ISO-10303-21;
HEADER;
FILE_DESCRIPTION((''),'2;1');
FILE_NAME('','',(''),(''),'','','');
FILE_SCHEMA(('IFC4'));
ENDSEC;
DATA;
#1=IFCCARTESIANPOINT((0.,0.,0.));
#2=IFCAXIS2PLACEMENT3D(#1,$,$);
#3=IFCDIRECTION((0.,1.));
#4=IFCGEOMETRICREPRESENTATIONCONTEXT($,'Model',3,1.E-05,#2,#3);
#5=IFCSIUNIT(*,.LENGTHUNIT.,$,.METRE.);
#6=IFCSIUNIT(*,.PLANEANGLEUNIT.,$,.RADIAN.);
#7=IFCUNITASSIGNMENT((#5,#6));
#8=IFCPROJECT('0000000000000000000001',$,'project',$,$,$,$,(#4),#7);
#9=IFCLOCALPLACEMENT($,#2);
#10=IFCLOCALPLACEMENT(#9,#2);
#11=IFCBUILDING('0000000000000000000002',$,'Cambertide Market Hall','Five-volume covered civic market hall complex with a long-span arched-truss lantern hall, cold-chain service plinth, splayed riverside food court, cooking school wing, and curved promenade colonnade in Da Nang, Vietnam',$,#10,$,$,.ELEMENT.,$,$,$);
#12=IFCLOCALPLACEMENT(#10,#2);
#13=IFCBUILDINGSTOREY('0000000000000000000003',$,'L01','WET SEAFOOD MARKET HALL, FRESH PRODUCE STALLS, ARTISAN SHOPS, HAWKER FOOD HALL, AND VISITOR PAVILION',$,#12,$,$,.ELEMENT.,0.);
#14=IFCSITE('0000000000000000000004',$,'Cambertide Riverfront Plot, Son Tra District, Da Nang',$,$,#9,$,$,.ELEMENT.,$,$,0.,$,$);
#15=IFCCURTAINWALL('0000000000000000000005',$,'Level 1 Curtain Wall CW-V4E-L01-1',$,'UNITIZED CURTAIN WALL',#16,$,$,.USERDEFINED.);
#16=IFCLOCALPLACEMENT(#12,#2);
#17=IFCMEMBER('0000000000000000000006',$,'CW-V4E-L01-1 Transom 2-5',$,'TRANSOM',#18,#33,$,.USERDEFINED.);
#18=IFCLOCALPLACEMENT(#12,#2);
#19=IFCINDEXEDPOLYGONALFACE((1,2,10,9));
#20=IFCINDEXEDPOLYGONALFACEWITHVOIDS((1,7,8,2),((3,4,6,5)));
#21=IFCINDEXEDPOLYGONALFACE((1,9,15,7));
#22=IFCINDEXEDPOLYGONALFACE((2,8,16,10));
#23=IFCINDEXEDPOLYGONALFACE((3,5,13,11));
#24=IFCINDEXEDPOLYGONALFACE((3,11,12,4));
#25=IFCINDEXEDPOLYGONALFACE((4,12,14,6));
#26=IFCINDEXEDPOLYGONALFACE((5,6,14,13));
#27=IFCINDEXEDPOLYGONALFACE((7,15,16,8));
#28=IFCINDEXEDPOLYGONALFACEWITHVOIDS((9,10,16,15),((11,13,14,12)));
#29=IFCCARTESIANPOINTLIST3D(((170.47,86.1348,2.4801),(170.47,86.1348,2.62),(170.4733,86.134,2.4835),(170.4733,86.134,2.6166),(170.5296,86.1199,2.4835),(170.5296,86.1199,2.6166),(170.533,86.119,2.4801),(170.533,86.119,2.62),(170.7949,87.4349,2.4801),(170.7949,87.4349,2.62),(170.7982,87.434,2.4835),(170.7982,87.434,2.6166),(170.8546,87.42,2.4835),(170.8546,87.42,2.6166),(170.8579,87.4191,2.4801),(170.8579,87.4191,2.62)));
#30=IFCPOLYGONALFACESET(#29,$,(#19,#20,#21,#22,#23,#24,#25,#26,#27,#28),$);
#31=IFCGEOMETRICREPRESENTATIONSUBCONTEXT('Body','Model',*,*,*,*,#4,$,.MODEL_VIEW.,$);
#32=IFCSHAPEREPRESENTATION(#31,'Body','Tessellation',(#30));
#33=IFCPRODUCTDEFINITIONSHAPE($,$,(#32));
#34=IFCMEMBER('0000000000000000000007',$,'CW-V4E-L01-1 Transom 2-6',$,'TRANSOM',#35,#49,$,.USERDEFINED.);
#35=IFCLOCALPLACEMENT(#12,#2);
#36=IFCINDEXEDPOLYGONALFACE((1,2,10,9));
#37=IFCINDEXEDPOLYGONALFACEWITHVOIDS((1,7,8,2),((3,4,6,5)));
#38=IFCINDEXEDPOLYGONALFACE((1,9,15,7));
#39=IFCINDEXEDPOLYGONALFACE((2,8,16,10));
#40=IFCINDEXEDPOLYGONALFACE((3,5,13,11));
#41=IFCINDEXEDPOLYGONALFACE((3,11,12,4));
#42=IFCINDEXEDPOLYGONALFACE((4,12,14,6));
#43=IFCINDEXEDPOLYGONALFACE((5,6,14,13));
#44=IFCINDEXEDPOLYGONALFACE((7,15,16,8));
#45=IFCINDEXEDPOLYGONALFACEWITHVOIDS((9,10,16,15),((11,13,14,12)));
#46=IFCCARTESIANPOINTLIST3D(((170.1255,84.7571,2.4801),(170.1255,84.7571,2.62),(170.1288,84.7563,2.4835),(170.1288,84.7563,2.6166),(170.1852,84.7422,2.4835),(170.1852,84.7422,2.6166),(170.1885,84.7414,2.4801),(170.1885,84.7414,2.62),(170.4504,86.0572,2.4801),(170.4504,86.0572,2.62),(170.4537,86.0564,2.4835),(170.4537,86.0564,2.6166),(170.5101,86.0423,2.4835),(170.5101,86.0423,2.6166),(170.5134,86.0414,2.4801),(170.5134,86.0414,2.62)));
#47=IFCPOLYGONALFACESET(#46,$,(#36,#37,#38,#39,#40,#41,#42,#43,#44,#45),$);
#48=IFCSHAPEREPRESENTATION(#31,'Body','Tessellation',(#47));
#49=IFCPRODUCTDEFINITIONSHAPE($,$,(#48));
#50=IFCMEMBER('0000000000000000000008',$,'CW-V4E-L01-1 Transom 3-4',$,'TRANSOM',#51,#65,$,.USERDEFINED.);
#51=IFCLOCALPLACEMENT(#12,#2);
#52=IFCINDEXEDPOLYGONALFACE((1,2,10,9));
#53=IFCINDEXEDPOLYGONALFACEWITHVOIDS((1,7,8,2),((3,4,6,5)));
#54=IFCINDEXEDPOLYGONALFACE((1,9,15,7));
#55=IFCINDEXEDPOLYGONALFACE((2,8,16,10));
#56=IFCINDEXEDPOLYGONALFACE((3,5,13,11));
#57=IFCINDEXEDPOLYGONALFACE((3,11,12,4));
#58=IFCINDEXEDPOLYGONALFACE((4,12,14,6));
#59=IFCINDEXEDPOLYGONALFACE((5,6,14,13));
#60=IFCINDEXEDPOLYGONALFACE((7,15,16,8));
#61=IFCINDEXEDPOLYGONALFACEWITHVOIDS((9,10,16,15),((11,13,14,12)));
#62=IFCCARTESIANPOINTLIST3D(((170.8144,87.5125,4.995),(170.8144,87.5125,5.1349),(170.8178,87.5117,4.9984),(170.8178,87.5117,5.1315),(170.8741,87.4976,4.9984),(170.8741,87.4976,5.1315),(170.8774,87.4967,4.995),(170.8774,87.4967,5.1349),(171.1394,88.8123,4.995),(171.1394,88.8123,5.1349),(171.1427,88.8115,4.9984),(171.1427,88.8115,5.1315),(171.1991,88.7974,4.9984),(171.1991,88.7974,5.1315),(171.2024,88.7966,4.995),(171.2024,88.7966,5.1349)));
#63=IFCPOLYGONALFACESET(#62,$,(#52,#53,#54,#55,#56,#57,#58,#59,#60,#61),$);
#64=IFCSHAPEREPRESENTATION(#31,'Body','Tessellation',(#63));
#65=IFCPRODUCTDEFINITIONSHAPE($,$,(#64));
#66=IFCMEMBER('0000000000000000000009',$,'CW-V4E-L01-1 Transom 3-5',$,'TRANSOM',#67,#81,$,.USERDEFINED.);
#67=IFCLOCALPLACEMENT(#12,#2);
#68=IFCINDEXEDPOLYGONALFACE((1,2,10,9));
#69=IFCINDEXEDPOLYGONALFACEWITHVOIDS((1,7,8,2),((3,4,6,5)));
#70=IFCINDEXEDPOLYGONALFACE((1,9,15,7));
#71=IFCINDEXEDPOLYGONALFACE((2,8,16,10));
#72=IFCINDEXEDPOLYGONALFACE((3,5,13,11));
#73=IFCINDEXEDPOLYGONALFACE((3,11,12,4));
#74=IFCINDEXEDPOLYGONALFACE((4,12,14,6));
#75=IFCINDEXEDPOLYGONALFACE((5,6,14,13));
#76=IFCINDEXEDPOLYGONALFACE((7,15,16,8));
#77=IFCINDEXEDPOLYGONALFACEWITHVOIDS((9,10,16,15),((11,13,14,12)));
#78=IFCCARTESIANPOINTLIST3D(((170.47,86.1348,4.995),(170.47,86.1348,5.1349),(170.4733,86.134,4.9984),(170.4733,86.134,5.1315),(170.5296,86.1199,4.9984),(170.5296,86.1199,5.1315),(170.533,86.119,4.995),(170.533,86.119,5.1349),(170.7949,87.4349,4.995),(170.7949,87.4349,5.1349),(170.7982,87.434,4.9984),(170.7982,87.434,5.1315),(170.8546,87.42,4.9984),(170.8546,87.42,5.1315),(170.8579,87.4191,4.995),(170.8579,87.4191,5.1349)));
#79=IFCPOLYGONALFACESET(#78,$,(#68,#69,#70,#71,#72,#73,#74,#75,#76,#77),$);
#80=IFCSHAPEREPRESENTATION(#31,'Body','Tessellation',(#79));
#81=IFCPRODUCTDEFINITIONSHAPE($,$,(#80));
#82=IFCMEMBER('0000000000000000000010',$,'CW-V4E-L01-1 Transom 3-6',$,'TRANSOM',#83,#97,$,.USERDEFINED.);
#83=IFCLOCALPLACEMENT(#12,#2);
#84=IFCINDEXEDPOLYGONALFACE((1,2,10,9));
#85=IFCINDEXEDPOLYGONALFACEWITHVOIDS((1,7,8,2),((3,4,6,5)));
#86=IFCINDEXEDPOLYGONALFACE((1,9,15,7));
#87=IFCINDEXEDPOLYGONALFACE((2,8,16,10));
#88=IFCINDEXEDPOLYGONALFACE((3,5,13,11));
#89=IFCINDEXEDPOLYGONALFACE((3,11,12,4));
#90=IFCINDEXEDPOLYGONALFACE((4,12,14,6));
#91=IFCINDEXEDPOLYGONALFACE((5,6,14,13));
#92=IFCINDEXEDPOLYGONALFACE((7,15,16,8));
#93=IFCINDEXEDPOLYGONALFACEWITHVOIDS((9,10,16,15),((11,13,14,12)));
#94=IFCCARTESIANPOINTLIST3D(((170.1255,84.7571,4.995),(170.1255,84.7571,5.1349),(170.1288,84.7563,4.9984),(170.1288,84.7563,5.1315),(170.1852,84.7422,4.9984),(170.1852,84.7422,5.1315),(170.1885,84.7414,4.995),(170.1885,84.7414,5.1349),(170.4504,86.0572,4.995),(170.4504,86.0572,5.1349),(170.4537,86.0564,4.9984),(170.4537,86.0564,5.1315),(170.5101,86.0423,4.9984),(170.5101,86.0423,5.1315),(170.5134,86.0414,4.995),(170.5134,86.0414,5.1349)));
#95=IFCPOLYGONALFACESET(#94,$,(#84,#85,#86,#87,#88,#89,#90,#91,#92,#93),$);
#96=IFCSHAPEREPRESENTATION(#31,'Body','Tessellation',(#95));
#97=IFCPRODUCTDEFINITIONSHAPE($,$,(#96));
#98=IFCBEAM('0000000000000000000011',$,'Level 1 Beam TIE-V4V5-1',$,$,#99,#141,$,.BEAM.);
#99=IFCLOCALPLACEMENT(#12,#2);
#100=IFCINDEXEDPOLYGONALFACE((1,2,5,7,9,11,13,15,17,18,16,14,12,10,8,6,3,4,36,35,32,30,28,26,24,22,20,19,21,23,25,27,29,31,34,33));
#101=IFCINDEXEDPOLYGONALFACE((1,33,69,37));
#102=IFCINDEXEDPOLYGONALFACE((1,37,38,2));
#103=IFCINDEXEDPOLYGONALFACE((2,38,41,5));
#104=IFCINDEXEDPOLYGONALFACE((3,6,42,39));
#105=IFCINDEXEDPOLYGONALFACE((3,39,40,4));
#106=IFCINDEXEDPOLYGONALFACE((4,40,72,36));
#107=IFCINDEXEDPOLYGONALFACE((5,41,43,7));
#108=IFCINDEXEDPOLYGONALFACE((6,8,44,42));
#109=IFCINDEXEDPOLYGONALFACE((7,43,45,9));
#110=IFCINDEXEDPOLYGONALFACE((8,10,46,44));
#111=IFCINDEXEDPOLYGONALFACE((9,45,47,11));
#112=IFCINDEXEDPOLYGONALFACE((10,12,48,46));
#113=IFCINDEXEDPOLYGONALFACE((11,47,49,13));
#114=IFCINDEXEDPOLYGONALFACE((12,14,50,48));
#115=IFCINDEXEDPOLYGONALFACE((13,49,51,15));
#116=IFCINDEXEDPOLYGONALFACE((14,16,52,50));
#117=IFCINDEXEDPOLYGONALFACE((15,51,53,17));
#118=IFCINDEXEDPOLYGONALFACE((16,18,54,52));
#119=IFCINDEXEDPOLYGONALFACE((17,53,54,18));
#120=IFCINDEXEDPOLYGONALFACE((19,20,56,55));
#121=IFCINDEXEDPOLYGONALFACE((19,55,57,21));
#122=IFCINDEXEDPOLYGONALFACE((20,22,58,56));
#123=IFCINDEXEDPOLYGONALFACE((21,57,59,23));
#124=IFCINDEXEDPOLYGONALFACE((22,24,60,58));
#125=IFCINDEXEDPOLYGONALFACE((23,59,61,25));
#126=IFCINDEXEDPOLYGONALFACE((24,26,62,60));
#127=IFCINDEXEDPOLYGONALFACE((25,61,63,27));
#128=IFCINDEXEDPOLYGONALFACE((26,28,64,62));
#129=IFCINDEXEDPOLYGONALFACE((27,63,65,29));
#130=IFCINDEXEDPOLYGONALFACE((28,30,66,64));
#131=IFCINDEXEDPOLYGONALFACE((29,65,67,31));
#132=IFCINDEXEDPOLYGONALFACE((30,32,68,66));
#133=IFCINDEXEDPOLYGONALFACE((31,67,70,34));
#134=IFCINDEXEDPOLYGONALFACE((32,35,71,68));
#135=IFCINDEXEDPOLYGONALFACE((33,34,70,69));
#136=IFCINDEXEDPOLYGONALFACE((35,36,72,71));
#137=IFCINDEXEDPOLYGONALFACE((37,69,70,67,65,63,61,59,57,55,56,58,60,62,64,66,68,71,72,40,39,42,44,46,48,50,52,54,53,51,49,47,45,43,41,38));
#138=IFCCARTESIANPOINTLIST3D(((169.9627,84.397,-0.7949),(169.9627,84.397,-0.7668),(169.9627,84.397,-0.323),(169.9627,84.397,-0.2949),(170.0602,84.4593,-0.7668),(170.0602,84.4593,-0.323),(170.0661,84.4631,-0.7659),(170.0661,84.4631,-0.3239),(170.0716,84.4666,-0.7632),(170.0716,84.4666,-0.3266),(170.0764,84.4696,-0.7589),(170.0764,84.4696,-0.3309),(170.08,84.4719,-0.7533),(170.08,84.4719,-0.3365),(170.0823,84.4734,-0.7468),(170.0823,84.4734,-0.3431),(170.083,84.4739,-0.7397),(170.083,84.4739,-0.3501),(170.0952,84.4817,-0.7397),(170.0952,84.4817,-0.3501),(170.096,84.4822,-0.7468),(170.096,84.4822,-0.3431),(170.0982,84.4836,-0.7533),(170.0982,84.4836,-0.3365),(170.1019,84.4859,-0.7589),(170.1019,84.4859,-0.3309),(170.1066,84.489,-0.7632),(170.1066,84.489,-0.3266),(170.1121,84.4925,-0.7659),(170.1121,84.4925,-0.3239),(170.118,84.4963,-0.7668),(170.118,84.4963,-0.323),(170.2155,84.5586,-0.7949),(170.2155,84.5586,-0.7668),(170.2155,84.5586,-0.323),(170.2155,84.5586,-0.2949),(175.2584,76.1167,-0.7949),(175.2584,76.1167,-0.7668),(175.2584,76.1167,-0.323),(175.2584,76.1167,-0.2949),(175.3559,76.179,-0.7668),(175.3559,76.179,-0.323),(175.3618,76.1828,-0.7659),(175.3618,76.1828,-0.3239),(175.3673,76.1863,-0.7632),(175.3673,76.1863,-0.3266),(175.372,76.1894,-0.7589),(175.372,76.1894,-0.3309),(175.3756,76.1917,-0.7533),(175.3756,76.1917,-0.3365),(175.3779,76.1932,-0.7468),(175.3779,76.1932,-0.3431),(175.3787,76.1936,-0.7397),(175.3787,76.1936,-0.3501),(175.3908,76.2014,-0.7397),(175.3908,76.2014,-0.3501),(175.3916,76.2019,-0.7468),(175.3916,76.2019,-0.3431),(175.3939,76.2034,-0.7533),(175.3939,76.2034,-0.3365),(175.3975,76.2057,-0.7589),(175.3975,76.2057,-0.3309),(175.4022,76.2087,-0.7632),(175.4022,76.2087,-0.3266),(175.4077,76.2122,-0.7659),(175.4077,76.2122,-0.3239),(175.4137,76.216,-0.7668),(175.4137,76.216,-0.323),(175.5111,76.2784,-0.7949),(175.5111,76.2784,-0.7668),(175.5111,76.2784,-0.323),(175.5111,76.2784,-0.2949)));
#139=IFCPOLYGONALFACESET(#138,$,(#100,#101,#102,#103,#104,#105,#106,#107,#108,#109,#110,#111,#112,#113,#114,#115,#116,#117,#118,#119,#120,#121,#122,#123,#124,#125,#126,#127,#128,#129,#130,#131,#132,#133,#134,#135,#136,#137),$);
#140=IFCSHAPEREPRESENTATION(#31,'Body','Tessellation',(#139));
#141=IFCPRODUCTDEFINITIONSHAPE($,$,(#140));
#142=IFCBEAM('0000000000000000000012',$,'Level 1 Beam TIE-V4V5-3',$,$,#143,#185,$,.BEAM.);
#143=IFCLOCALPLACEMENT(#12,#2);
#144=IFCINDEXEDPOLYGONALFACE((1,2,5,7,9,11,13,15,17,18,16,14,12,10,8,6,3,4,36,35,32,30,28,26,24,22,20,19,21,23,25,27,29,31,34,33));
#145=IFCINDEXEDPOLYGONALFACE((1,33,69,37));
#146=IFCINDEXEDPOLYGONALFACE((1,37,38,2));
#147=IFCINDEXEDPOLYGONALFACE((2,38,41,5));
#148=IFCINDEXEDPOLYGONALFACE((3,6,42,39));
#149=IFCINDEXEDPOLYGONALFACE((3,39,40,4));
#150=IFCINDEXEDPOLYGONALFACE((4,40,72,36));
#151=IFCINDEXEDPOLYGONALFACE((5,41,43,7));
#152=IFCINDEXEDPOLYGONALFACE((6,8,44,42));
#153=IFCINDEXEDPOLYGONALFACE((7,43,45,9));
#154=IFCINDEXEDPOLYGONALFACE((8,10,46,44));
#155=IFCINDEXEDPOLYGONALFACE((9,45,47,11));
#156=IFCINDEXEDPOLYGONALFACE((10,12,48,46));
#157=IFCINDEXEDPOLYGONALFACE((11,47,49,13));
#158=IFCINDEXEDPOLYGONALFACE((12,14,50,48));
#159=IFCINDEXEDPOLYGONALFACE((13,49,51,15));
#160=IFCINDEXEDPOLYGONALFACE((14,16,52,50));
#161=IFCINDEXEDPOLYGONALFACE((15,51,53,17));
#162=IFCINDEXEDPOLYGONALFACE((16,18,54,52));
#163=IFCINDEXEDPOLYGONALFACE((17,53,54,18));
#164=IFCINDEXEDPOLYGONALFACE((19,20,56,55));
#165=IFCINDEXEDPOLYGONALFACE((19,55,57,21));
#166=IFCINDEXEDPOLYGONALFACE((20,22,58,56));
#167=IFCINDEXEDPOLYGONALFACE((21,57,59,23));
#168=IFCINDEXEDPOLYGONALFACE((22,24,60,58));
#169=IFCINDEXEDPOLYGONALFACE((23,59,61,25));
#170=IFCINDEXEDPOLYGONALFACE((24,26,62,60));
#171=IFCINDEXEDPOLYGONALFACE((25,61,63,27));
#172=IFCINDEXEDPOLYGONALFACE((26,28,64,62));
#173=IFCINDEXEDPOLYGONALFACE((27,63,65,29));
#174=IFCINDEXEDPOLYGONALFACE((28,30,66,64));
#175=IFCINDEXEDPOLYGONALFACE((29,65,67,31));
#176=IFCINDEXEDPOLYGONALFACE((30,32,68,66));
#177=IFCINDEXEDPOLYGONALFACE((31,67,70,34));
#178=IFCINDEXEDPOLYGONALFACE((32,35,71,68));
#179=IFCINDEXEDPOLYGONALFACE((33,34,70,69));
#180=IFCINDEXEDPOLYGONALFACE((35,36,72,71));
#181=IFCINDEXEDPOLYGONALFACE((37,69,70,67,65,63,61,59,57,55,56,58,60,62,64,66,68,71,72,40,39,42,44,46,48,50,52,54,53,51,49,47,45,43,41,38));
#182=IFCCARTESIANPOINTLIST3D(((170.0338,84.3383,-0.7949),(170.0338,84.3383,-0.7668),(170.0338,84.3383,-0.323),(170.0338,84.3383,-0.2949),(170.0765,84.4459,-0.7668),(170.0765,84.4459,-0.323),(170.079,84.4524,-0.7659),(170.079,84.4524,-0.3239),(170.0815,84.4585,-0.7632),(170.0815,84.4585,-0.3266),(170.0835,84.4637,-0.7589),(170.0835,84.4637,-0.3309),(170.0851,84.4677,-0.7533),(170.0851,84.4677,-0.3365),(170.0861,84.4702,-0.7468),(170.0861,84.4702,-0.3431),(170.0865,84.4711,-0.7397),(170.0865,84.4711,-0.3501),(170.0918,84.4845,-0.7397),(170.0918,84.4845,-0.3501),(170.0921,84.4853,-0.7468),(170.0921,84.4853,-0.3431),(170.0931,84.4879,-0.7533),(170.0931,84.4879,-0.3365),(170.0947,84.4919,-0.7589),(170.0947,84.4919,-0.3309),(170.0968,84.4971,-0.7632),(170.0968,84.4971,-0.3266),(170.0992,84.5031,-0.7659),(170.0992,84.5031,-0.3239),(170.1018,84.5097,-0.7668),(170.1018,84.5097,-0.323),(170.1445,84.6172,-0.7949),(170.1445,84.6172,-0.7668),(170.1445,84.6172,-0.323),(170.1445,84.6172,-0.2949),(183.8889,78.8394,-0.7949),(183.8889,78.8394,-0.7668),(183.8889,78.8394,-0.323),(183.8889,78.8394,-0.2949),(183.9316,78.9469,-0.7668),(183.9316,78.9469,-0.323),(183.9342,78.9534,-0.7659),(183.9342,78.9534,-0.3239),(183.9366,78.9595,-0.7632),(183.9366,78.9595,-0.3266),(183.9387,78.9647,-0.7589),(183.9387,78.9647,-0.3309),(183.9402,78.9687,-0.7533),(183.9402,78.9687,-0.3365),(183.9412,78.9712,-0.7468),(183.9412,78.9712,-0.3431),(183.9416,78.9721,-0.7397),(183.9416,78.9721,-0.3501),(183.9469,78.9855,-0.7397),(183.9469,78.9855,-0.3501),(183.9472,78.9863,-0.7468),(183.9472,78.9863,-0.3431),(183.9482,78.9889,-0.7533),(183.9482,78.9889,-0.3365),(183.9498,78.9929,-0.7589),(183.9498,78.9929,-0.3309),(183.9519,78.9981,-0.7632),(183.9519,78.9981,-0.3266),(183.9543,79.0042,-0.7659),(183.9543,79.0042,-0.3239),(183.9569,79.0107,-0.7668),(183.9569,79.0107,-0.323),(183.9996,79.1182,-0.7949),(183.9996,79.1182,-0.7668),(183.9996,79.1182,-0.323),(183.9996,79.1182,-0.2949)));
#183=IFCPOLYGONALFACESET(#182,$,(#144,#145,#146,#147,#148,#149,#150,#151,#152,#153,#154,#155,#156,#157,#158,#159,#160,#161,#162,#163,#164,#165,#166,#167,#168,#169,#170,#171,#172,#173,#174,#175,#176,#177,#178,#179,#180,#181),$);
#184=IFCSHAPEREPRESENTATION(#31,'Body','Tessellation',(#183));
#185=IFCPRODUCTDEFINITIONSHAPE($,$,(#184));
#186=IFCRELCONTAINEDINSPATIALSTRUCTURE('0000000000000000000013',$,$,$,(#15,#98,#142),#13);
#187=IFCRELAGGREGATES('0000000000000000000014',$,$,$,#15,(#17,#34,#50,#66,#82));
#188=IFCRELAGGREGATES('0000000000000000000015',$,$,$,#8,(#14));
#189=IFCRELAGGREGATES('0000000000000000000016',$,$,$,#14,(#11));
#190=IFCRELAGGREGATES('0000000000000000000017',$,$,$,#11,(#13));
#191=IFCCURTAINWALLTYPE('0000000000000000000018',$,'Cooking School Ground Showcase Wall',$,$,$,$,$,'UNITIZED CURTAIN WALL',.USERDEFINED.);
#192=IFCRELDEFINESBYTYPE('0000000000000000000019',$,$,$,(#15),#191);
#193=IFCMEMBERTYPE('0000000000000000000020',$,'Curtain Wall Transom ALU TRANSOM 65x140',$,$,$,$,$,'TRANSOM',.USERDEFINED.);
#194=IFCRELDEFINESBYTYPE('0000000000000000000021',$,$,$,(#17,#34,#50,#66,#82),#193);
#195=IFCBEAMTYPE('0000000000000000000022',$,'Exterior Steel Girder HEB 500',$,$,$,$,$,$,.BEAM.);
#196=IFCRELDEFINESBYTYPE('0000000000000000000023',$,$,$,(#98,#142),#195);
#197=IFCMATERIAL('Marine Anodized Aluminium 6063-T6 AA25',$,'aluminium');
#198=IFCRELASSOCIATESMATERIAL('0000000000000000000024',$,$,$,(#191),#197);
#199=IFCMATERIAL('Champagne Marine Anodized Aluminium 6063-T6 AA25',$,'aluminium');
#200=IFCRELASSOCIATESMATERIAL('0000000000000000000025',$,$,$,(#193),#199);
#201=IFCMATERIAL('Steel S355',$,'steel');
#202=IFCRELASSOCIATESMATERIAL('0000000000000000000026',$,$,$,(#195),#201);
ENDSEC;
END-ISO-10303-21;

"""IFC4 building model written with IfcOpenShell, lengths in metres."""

from ifc_helpers import new_model, si_unit, direction, frame, origin, origin_2d, place, context, subcontext, project, spatial, hollow_rectangle, i_section, extrude, material, material_profile, profile_set, type_object, element, aggregate, save


model = new_model("IFC4")

# Units and contexts
model_context = context("Model", 3, precision=1e-05, world=origin(), true_north=direction((0.0, 1.0)))
body_context = subcontext(model_context, "Body", "Model", "MODEL_VIEW")
ifc_project = project(units=[si_unit("LENGTHUNIT", "METRE"), si_unit("PLANEANGLEUNIT", "RADIAN")], contexts=[model_context])

# Site, building, storey
site_placement = place(None, origin())
site = spatial("IfcSite", under=ifc_project, at=site_placement, Name="Cambertide Riverfront Plot, Son Tra District, Da Nang", CompositionType="ELEMENT", RefElevation=0.0)
building_placement = place(site_placement, origin())
building = spatial("IfcBuilding", under=site, at=building_placement, Name="Cambertide Market Hall", Description="Five-volume covered civic market hall complex with a long-span arched-truss lantern hall, cold-chain service plinth, splayed riverside food court, cooking school wing, and curved promenade colonnade in Da Nang, Vietnam", CompositionType="ELEMENT")
storey_placement = place(building_placement, origin())
storey = spatial("IfcBuildingStorey", under=building, at=storey_placement, Name="L01", Description="WET SEAFOOD MARKET HALL, FRESH PRODUCE STALLS, ARTISAN SHOPS, HAWKER FOOD HALL, AND VISITOR PAVILION", CompositionType="ELEMENT", Elevation=0.0)

# Curtain wall, members
ifc_material_1 = material(Name="Marine Anodized Aluminium 6063-T6 AA25", Category="aluminium")
curtain_wall_type = type_object("IfcCurtainWallType", Name="Cooking School Ground Showcase Wall", ElementType="UNITIZED CURTAIN WALL", PredefinedType="USERDEFINED", material=ifc_material_1)
curtain_wall_placement = place(storey_placement, origin())
curtain_wall = element("IfcCurtainWall", 1, at=curtain_wall_placement, inside=storey, type_object=curtain_wall_type, Name="Level 1 Curtain Wall CW-V4E-L01-1", ObjectType="UNITIZED CURTAIN WALL", PredefinedType="USERDEFINED")
ifc_material_2 = material(Name="Champagne Marine Anodized Aluminium 6063-T6 AA25", Category="aluminium")
ifc_material_profile_1 = material_profile(ifc_material_2, hollow_rectangle(XDim=0.0649, YDim=0.1399, WallThickness=0.0034, at=origin_2d()), Name="ALU TRANSOM 65x140")
ifc_profile_set_1 = profile_set([ifc_material_profile_1], Name="Champagne Marine Anodized Aluminium 6063-T6 AA25")
member_type_1 = type_object("IfcMemberType", Name="Curtain Wall Transom ALU TRANSOM 65x140", ElementType="TRANSOM", PredefinedType="USERDEFINED", material=ifc_profile_set_1)
member_1_placement = place(storey_placement, frame((170.8264, 87.427, 2.55), z_axis=(-0.242493, -0.970153, 0.0), x_axis=(0.970153, -0.242493, 0.0)))
member_1 = element("IfcMember", 2, at=member_1_placement, type_object=member_type_1, Name="CW-V4E-L01-1 Transom 2-5", ObjectType="TRANSOM", PredefinedType="USERDEFINED", context=body_context, shape_type="SweptSolid", body=[
    extrude(hollow_rectangle(XDim=0.0649, YDim=0.1399, WallThickness=0.0034, at=origin_2d()), origin(), (0.0, 0.0, 1.0), 1.3401),
])
member_2_placement = place(storey_placement, frame((170.4819, 86.0493, 2.55), z_axis=(-0.242493, -0.970153, 0.0), x_axis=(0.970153, -0.242493, 0.0)))
member_2 = element("IfcMember", 3, at=member_2_placement, type_object=member_type_1, Name="CW-V4E-L01-1 Transom 2-6", ObjectType="TRANSOM", PredefinedType="USERDEFINED", context=body_context, shape_type="SweptSolid", body=[
    extrude(hollow_rectangle(XDim=0.0649, YDim=0.1399, WallThickness=0.0034, at=origin_2d()), origin(), (0.0, 0.0, 1.0), 1.3401),
])
member_3_placement = place(storey_placement, frame((171.1709, 88.8044, 5.0649), z_axis=(-0.242536, -0.970143, 0.0), x_axis=(0.970143, -0.242536, 0.0)))
member_3 = element("IfcMember", 4, at=member_3_placement, type_object=member_type_1, Name="CW-V4E-L01-1 Transom 3-4", ObjectType="TRANSOM", PredefinedType="USERDEFINED", context=body_context, shape_type="SweptSolid", body=[
    extrude(hollow_rectangle(XDim=0.0649, YDim=0.1399, WallThickness=0.0034, at=origin_2d()), origin(), (0.0, 0.0, 1.0), 1.3398),
])
member_4_placement = place(storey_placement, frame((170.8264, 87.427, 5.0649), z_axis=(-0.242493, -0.970153, 0.0), x_axis=(0.970153, -0.242493, 0.0)))
member_4 = element("IfcMember", 5, at=member_4_placement, type_object=member_type_1, Name="CW-V4E-L01-1 Transom 3-5", ObjectType="TRANSOM", PredefinedType="USERDEFINED", context=body_context, shape_type="SweptSolid", body=[
    extrude(hollow_rectangle(XDim=0.0649, YDim=0.1399, WallThickness=0.0034, at=origin_2d()), origin(), (0.0, 0.0, 1.0), 1.3401),
])
member_5_placement = place(storey_placement, frame((170.4819, 86.0493, 5.0649), z_axis=(-0.242493, -0.970153, 0.0), x_axis=(0.970153, -0.242493, 0.0)))
member_5 = element("IfcMember", 6, at=member_5_placement, type_object=member_type_1, Name="CW-V4E-L01-1 Transom 3-6", ObjectType="TRANSOM", PredefinedType="USERDEFINED", context=body_context, shape_type="SweptSolid", body=[
    extrude(hollow_rectangle(XDim=0.0649, YDim=0.1399, WallThickness=0.0034, at=origin_2d()), origin(), (0.0, 0.0, 1.0), 1.3401),
])

# Beams
ifc_material_3 = material(Name="Steel S355", Category="steel")
ifc_material_profile_2 = material_profile(ifc_material_3, i_section(OverallWidth=0.3, OverallDepth=0.5, WebThickness=0.0144, FlangeThickness=0.0281, FilletRadius=0.0271, at=origin_2d()), Name="HEB 500")
ifc_profile_set_2 = profile_set([ifc_material_profile_2], Name="Steel S355")
beam_type_1 = type_object("IfcBeamType", Name="Exterior Steel Girder HEB 500", PredefinedType="BEAM", material=ifc_profile_set_2)
beam_1_placement = place(storey_placement, frame((170.0891, 84.4778, -0.5449), z_axis=(0.538785, -0.842443, 0.0), x_axis=(0.842443, 0.538785, 0.0)))
element("IfcBeam", 7, at=beam_1_placement, inside=storey, type_object=beam_type_1, Name="Level 1 Beam TIE-V4V5-1", PredefinedType="BEAM", context=body_context, shape_type="SweptSolid", body=[
    extrude(i_section(OverallWidth=0.3, OverallDepth=0.5, WebThickness=0.0144, FlangeThickness=0.0281, FilletRadius=0.0271, at=origin_2d()), origin(), (0.0, 0.0, 1.0), 9.8289),
])
beam_2_placement = place(storey_placement, frame((170.0891, 84.4778, -0.5449), z_axis=(0.92947, -0.368899, 0.0), x_axis=(0.368899, 0.92947, 0.0)))
element("IfcBeam", 8, at=beam_2_placement, inside=storey, type_object=beam_type_1, Name="Level 1 Beam TIE-V4V5-3", PredefinedType="BEAM", context=body_context, shape_type="SweptSolid", body=[
    extrude(i_section(OverallWidth=0.3, OverallDepth=0.5, WebThickness=0.0144, FlangeThickness=0.0281, FilletRadius=0.0271, at=origin_2d()), origin(), (0.0, 0.0, 1.0), 14.9065),
])

aggregate(curtain_wall, [member_1, member_2, member_3, member_4, member_5])

save(model, "model.ifc")
